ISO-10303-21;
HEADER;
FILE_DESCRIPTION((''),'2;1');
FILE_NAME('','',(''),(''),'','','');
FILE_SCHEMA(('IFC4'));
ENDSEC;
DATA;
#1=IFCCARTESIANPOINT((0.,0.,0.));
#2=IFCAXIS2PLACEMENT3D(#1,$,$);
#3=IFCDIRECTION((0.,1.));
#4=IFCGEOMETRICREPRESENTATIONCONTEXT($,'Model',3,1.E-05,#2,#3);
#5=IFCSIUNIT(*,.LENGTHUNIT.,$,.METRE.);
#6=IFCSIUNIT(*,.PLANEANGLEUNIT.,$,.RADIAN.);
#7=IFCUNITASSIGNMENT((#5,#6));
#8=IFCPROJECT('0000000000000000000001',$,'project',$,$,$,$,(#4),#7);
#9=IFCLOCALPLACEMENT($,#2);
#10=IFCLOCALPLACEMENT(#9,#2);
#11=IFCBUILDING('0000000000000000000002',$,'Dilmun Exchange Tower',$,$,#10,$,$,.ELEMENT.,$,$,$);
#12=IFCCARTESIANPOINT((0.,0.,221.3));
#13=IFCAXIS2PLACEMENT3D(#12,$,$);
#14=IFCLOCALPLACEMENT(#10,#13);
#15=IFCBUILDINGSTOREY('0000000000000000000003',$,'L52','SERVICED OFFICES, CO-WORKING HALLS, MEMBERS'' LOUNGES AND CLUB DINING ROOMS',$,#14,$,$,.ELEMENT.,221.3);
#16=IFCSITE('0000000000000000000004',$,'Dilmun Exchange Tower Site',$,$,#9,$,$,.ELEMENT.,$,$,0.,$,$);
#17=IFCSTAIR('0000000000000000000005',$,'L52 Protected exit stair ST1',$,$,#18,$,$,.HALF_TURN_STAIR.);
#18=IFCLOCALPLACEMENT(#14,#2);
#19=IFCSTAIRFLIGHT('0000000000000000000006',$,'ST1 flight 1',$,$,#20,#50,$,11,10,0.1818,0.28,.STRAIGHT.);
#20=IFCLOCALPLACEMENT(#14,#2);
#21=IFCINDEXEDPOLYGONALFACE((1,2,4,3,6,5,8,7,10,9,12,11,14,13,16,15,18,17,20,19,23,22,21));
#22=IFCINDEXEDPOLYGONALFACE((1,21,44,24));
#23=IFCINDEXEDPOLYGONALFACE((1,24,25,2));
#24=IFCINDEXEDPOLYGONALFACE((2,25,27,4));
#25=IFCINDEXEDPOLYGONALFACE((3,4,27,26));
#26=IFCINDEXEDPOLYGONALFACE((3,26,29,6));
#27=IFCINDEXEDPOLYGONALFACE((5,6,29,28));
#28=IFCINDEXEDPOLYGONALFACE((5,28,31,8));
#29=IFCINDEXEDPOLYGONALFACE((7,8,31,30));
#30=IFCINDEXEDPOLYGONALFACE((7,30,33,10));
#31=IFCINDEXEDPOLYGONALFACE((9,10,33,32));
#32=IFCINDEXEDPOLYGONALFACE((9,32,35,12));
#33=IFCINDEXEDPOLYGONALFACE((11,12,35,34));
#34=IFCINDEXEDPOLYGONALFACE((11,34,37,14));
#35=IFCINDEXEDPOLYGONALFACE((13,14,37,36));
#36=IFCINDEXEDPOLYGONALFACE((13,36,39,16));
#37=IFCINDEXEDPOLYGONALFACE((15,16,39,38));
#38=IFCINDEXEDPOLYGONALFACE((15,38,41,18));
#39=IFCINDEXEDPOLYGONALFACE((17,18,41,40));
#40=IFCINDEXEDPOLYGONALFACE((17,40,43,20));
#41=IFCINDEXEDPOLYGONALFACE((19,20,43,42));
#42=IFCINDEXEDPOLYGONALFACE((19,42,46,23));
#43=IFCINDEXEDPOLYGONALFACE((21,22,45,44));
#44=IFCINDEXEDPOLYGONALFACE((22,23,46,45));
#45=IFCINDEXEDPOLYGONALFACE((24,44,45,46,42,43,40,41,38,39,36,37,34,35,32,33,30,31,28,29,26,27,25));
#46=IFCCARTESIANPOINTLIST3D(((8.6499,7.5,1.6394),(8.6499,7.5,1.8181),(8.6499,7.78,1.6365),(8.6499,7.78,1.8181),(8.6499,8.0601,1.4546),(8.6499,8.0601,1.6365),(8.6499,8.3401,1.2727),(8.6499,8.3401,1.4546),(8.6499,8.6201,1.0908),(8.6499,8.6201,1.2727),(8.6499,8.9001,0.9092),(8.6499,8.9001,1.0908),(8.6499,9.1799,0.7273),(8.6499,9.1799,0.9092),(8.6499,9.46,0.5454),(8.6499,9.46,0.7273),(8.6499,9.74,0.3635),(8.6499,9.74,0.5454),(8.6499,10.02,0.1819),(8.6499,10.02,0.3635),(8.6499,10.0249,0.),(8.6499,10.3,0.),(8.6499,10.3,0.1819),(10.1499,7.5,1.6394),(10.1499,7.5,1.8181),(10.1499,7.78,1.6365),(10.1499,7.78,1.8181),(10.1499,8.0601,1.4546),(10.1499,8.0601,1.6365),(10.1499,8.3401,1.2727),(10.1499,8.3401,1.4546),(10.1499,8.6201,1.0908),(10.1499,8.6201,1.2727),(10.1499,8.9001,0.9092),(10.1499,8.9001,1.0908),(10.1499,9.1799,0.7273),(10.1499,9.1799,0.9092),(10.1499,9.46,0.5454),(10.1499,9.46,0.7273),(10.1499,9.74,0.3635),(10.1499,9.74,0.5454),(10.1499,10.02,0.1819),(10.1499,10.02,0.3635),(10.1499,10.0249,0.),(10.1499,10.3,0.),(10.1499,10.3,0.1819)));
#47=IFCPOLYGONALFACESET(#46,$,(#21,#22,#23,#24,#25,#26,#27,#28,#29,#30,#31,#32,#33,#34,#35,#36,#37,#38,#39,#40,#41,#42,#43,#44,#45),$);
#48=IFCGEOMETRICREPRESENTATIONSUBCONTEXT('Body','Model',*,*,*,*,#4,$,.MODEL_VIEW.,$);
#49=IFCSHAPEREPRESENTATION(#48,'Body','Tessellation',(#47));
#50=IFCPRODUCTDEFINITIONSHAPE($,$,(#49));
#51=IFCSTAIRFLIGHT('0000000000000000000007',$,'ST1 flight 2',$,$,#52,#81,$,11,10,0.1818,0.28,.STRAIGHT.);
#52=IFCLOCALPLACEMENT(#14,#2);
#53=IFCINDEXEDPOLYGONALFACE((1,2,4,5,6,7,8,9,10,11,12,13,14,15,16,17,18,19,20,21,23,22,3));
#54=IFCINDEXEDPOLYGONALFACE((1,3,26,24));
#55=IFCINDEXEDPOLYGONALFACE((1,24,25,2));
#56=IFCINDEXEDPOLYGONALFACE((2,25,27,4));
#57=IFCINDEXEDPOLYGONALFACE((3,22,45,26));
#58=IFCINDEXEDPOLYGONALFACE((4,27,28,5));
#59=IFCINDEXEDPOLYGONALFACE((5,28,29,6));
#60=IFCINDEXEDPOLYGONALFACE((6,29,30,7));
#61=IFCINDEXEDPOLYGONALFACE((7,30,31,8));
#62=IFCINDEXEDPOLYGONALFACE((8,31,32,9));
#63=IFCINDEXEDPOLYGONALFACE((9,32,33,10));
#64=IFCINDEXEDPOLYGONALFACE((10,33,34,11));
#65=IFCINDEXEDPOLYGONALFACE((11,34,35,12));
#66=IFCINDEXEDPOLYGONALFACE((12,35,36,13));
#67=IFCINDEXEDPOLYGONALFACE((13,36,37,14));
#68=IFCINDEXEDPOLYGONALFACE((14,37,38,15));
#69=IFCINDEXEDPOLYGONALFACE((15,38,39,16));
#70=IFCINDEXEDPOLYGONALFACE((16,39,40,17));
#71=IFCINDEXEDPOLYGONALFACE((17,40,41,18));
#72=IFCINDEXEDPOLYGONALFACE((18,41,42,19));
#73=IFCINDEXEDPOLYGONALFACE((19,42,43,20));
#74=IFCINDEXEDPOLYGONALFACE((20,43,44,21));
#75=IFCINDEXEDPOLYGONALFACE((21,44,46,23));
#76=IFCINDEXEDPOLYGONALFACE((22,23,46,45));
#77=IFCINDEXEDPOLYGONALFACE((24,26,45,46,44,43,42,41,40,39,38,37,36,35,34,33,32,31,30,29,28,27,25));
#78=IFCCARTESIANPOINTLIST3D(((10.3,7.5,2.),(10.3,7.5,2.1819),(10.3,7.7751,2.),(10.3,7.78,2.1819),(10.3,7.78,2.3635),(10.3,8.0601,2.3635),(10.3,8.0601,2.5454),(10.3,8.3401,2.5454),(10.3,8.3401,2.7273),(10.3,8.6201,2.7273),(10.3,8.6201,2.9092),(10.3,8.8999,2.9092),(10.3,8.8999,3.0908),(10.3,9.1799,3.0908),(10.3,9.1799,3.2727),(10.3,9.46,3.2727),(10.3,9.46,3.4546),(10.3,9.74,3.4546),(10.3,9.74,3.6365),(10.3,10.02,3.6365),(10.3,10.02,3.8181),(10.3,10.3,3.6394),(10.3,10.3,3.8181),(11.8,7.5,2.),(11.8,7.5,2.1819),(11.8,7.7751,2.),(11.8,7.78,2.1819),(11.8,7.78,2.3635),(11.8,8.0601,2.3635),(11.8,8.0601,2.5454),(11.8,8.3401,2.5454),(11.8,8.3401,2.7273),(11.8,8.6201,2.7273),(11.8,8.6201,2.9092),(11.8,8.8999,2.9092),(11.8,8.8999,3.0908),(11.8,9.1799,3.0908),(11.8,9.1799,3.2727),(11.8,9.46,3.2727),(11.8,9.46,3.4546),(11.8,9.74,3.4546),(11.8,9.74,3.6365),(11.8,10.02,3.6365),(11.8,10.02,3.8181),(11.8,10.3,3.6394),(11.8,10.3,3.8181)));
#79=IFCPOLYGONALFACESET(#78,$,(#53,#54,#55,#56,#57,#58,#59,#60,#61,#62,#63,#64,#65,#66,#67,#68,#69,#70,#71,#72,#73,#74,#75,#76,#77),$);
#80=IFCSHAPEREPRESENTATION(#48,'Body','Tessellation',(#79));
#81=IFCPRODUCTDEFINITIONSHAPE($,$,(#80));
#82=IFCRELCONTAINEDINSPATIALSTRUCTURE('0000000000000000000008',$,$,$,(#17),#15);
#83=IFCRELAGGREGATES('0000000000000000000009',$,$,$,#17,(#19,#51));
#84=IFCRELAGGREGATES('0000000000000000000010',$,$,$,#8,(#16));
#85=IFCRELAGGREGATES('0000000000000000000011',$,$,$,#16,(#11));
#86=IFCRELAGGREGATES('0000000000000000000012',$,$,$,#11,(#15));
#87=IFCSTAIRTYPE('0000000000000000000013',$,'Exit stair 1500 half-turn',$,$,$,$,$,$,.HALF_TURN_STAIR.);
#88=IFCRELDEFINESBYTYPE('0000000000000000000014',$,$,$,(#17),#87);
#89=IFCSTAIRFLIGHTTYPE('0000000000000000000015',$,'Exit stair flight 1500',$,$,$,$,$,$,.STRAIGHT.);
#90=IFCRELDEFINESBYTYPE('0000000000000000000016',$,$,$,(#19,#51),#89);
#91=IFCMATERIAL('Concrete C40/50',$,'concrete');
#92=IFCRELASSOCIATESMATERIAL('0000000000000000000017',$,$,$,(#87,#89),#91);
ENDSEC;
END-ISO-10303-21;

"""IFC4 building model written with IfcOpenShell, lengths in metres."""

from ifc_helpers import new_model, si_unit, direction, frame, origin, place, context, subcontext, project, spatial, polyline, outline, extrude, material, type_object, element, aggregate, save


model = new_model("IFC4")

# Units and contexts
model_context = context("Model", 3, precision=1e-05, world=origin(), true_north=direction((0.0, 1.0)))
body_context = subcontext(model_context, "Body", "Model", "MODEL_VIEW")
ifc_project = project(units=[si_unit("LENGTHUNIT", "METRE"), si_unit("PLANEANGLEUNIT", "RADIAN")], contexts=[model_context])

# Site, building, storey
site_placement = place(None, origin())
site = spatial("IfcSite", under=ifc_project, at=site_placement, Name="Dilmun Exchange Tower Site", CompositionType="ELEMENT", RefElevation=0.0)
building_placement = place(site_placement, origin())
building = spatial("IfcBuilding", under=site, at=building_placement, Name="Dilmun Exchange Tower", CompositionType="ELEMENT")
storey_placement = place(building_placement, frame((0.0, 0.0, 221.3)))
storey = spatial("IfcBuildingStorey", under=building, at=storey_placement, Name="L52", Description="SERVICED OFFICES, CO-WORKING HALLS, MEMBERS' LOUNGES AND CLUB DINING ROOMS", CompositionType="ELEMENT", Elevation=221.3)

# Shared definitions
ifc_material_1 = material(Name="Concrete C40/50", Category="concrete")

# Stair, stair flights
stair_type = type_object("IfcStairType", Name="Exit stair 1500 half-turn", PredefinedType="HALF_TURN_STAIR", material=ifc_material_1)
stair_placement = place(storey_placement, origin())
stair = element("IfcStair", 1, at=stair_placement, inside=storey, type_object=stair_type, Name="L52 Protected exit stair ST1", PredefinedType="HALF_TURN_STAIR")
stair_flight_type = type_object("IfcStairFlightType", Name="Exit stair flight 1500", PredefinedType="STRAIGHT", material=ifc_material_1)
stair_flight_1_placement = place(storey_placement, frame((9.3999, 10.3, 0.0), z_axis=(0.0, 0.0, 1.0), x_axis=(0.0, -1.0, 0.0)))
stair_flight_1 = element("IfcStairFlight", 2, at=stair_flight_1_placement, type_object=stair_flight_type, Name="ST1 flight 1", NumberOfRisers=11, NumberOfTreads=10, PredefinedType="STRAIGHT", RiserHeight=0.1818, TreadLength=0.28, context=body_context, shape_type="SweptSolid", body=[
    extrude(outline(polyline([(0.0, 0.0), (0.0, 0.1819), (0.28, 0.1819), (0.28, 0.3635), (0.5601, 0.3635), (0.5601, 0.5454), (0.8401, 0.5454), (0.8401, 0.7273), (1.1201, 0.7273), (1.1201, 0.9092), (1.3999, 0.9092), (1.3999, 1.0908), (1.6799, 1.0908), (1.6799, 1.2727), (1.96, 1.2727), (1.96, 1.4546), (2.24, 1.4546), (2.24, 1.6365), (2.52, 1.6365), (2.52, 1.8181), (2.8, 1.8181), (2.8, 2.0), (2.8, 1.6394), (0.2751, 0.0), (0.0, 0.0)])), frame((0.0, 0.75, 0.0), z_axis=(0.0, -1.0, 0.0), x_axis=(1.0, 0.0, 0.0)), (0.0, 0.0, 1.0), 1.5),
])
stair_flight_2_placement = place(storey_placement, frame((11.05, 7.5, 2.0), z_axis=(0.0, 0.0, 1.0), x_axis=(0.0, 1.0, 0.0)))
stair_flight_2 = element("IfcStairFlight", 3, at=stair_flight_2_placement, type_object=stair_flight_type, Name="ST1 flight 2", NumberOfRisers=11, NumberOfTreads=10, PredefinedType="STRAIGHT", RiserHeight=0.1818, TreadLength=0.28, context=body_context, shape_type="SweptSolid", body=[
    extrude(outline(polyline([(0.0, 0.0), (0.0, 0.1819), (0.28, 0.1819), (0.28, 0.3635), (0.5601, 0.3635), (0.5601, 0.5454), (0.8401, 0.5454), (0.8401, 0.7273), (1.1201, 0.7273), (1.1201, 0.9092), (1.3999, 0.9092), (1.3999, 1.0908), (1.6799, 1.0908), (1.6799, 1.2727), (1.96, 1.2727), (1.96, 1.4546), (2.24, 1.4546), (2.24, 1.6365), (2.52, 1.6365), (2.52, 1.8181), (2.8, 1.8181), (2.8, 2.0), (2.8, 1.6394), (0.2751, 0.0), (0.0, 0.0)])), frame((0.0, 0.75, 0.0), z_axis=(0.0, -1.0, 0.0), x_axis=(1.0, 0.0, 0.0)), (0.0, 0.0, 1.0), 1.5),
])
aggregate(stair, [stair_flight_1, stair_flight_2])

save(model, "model.ifc")
